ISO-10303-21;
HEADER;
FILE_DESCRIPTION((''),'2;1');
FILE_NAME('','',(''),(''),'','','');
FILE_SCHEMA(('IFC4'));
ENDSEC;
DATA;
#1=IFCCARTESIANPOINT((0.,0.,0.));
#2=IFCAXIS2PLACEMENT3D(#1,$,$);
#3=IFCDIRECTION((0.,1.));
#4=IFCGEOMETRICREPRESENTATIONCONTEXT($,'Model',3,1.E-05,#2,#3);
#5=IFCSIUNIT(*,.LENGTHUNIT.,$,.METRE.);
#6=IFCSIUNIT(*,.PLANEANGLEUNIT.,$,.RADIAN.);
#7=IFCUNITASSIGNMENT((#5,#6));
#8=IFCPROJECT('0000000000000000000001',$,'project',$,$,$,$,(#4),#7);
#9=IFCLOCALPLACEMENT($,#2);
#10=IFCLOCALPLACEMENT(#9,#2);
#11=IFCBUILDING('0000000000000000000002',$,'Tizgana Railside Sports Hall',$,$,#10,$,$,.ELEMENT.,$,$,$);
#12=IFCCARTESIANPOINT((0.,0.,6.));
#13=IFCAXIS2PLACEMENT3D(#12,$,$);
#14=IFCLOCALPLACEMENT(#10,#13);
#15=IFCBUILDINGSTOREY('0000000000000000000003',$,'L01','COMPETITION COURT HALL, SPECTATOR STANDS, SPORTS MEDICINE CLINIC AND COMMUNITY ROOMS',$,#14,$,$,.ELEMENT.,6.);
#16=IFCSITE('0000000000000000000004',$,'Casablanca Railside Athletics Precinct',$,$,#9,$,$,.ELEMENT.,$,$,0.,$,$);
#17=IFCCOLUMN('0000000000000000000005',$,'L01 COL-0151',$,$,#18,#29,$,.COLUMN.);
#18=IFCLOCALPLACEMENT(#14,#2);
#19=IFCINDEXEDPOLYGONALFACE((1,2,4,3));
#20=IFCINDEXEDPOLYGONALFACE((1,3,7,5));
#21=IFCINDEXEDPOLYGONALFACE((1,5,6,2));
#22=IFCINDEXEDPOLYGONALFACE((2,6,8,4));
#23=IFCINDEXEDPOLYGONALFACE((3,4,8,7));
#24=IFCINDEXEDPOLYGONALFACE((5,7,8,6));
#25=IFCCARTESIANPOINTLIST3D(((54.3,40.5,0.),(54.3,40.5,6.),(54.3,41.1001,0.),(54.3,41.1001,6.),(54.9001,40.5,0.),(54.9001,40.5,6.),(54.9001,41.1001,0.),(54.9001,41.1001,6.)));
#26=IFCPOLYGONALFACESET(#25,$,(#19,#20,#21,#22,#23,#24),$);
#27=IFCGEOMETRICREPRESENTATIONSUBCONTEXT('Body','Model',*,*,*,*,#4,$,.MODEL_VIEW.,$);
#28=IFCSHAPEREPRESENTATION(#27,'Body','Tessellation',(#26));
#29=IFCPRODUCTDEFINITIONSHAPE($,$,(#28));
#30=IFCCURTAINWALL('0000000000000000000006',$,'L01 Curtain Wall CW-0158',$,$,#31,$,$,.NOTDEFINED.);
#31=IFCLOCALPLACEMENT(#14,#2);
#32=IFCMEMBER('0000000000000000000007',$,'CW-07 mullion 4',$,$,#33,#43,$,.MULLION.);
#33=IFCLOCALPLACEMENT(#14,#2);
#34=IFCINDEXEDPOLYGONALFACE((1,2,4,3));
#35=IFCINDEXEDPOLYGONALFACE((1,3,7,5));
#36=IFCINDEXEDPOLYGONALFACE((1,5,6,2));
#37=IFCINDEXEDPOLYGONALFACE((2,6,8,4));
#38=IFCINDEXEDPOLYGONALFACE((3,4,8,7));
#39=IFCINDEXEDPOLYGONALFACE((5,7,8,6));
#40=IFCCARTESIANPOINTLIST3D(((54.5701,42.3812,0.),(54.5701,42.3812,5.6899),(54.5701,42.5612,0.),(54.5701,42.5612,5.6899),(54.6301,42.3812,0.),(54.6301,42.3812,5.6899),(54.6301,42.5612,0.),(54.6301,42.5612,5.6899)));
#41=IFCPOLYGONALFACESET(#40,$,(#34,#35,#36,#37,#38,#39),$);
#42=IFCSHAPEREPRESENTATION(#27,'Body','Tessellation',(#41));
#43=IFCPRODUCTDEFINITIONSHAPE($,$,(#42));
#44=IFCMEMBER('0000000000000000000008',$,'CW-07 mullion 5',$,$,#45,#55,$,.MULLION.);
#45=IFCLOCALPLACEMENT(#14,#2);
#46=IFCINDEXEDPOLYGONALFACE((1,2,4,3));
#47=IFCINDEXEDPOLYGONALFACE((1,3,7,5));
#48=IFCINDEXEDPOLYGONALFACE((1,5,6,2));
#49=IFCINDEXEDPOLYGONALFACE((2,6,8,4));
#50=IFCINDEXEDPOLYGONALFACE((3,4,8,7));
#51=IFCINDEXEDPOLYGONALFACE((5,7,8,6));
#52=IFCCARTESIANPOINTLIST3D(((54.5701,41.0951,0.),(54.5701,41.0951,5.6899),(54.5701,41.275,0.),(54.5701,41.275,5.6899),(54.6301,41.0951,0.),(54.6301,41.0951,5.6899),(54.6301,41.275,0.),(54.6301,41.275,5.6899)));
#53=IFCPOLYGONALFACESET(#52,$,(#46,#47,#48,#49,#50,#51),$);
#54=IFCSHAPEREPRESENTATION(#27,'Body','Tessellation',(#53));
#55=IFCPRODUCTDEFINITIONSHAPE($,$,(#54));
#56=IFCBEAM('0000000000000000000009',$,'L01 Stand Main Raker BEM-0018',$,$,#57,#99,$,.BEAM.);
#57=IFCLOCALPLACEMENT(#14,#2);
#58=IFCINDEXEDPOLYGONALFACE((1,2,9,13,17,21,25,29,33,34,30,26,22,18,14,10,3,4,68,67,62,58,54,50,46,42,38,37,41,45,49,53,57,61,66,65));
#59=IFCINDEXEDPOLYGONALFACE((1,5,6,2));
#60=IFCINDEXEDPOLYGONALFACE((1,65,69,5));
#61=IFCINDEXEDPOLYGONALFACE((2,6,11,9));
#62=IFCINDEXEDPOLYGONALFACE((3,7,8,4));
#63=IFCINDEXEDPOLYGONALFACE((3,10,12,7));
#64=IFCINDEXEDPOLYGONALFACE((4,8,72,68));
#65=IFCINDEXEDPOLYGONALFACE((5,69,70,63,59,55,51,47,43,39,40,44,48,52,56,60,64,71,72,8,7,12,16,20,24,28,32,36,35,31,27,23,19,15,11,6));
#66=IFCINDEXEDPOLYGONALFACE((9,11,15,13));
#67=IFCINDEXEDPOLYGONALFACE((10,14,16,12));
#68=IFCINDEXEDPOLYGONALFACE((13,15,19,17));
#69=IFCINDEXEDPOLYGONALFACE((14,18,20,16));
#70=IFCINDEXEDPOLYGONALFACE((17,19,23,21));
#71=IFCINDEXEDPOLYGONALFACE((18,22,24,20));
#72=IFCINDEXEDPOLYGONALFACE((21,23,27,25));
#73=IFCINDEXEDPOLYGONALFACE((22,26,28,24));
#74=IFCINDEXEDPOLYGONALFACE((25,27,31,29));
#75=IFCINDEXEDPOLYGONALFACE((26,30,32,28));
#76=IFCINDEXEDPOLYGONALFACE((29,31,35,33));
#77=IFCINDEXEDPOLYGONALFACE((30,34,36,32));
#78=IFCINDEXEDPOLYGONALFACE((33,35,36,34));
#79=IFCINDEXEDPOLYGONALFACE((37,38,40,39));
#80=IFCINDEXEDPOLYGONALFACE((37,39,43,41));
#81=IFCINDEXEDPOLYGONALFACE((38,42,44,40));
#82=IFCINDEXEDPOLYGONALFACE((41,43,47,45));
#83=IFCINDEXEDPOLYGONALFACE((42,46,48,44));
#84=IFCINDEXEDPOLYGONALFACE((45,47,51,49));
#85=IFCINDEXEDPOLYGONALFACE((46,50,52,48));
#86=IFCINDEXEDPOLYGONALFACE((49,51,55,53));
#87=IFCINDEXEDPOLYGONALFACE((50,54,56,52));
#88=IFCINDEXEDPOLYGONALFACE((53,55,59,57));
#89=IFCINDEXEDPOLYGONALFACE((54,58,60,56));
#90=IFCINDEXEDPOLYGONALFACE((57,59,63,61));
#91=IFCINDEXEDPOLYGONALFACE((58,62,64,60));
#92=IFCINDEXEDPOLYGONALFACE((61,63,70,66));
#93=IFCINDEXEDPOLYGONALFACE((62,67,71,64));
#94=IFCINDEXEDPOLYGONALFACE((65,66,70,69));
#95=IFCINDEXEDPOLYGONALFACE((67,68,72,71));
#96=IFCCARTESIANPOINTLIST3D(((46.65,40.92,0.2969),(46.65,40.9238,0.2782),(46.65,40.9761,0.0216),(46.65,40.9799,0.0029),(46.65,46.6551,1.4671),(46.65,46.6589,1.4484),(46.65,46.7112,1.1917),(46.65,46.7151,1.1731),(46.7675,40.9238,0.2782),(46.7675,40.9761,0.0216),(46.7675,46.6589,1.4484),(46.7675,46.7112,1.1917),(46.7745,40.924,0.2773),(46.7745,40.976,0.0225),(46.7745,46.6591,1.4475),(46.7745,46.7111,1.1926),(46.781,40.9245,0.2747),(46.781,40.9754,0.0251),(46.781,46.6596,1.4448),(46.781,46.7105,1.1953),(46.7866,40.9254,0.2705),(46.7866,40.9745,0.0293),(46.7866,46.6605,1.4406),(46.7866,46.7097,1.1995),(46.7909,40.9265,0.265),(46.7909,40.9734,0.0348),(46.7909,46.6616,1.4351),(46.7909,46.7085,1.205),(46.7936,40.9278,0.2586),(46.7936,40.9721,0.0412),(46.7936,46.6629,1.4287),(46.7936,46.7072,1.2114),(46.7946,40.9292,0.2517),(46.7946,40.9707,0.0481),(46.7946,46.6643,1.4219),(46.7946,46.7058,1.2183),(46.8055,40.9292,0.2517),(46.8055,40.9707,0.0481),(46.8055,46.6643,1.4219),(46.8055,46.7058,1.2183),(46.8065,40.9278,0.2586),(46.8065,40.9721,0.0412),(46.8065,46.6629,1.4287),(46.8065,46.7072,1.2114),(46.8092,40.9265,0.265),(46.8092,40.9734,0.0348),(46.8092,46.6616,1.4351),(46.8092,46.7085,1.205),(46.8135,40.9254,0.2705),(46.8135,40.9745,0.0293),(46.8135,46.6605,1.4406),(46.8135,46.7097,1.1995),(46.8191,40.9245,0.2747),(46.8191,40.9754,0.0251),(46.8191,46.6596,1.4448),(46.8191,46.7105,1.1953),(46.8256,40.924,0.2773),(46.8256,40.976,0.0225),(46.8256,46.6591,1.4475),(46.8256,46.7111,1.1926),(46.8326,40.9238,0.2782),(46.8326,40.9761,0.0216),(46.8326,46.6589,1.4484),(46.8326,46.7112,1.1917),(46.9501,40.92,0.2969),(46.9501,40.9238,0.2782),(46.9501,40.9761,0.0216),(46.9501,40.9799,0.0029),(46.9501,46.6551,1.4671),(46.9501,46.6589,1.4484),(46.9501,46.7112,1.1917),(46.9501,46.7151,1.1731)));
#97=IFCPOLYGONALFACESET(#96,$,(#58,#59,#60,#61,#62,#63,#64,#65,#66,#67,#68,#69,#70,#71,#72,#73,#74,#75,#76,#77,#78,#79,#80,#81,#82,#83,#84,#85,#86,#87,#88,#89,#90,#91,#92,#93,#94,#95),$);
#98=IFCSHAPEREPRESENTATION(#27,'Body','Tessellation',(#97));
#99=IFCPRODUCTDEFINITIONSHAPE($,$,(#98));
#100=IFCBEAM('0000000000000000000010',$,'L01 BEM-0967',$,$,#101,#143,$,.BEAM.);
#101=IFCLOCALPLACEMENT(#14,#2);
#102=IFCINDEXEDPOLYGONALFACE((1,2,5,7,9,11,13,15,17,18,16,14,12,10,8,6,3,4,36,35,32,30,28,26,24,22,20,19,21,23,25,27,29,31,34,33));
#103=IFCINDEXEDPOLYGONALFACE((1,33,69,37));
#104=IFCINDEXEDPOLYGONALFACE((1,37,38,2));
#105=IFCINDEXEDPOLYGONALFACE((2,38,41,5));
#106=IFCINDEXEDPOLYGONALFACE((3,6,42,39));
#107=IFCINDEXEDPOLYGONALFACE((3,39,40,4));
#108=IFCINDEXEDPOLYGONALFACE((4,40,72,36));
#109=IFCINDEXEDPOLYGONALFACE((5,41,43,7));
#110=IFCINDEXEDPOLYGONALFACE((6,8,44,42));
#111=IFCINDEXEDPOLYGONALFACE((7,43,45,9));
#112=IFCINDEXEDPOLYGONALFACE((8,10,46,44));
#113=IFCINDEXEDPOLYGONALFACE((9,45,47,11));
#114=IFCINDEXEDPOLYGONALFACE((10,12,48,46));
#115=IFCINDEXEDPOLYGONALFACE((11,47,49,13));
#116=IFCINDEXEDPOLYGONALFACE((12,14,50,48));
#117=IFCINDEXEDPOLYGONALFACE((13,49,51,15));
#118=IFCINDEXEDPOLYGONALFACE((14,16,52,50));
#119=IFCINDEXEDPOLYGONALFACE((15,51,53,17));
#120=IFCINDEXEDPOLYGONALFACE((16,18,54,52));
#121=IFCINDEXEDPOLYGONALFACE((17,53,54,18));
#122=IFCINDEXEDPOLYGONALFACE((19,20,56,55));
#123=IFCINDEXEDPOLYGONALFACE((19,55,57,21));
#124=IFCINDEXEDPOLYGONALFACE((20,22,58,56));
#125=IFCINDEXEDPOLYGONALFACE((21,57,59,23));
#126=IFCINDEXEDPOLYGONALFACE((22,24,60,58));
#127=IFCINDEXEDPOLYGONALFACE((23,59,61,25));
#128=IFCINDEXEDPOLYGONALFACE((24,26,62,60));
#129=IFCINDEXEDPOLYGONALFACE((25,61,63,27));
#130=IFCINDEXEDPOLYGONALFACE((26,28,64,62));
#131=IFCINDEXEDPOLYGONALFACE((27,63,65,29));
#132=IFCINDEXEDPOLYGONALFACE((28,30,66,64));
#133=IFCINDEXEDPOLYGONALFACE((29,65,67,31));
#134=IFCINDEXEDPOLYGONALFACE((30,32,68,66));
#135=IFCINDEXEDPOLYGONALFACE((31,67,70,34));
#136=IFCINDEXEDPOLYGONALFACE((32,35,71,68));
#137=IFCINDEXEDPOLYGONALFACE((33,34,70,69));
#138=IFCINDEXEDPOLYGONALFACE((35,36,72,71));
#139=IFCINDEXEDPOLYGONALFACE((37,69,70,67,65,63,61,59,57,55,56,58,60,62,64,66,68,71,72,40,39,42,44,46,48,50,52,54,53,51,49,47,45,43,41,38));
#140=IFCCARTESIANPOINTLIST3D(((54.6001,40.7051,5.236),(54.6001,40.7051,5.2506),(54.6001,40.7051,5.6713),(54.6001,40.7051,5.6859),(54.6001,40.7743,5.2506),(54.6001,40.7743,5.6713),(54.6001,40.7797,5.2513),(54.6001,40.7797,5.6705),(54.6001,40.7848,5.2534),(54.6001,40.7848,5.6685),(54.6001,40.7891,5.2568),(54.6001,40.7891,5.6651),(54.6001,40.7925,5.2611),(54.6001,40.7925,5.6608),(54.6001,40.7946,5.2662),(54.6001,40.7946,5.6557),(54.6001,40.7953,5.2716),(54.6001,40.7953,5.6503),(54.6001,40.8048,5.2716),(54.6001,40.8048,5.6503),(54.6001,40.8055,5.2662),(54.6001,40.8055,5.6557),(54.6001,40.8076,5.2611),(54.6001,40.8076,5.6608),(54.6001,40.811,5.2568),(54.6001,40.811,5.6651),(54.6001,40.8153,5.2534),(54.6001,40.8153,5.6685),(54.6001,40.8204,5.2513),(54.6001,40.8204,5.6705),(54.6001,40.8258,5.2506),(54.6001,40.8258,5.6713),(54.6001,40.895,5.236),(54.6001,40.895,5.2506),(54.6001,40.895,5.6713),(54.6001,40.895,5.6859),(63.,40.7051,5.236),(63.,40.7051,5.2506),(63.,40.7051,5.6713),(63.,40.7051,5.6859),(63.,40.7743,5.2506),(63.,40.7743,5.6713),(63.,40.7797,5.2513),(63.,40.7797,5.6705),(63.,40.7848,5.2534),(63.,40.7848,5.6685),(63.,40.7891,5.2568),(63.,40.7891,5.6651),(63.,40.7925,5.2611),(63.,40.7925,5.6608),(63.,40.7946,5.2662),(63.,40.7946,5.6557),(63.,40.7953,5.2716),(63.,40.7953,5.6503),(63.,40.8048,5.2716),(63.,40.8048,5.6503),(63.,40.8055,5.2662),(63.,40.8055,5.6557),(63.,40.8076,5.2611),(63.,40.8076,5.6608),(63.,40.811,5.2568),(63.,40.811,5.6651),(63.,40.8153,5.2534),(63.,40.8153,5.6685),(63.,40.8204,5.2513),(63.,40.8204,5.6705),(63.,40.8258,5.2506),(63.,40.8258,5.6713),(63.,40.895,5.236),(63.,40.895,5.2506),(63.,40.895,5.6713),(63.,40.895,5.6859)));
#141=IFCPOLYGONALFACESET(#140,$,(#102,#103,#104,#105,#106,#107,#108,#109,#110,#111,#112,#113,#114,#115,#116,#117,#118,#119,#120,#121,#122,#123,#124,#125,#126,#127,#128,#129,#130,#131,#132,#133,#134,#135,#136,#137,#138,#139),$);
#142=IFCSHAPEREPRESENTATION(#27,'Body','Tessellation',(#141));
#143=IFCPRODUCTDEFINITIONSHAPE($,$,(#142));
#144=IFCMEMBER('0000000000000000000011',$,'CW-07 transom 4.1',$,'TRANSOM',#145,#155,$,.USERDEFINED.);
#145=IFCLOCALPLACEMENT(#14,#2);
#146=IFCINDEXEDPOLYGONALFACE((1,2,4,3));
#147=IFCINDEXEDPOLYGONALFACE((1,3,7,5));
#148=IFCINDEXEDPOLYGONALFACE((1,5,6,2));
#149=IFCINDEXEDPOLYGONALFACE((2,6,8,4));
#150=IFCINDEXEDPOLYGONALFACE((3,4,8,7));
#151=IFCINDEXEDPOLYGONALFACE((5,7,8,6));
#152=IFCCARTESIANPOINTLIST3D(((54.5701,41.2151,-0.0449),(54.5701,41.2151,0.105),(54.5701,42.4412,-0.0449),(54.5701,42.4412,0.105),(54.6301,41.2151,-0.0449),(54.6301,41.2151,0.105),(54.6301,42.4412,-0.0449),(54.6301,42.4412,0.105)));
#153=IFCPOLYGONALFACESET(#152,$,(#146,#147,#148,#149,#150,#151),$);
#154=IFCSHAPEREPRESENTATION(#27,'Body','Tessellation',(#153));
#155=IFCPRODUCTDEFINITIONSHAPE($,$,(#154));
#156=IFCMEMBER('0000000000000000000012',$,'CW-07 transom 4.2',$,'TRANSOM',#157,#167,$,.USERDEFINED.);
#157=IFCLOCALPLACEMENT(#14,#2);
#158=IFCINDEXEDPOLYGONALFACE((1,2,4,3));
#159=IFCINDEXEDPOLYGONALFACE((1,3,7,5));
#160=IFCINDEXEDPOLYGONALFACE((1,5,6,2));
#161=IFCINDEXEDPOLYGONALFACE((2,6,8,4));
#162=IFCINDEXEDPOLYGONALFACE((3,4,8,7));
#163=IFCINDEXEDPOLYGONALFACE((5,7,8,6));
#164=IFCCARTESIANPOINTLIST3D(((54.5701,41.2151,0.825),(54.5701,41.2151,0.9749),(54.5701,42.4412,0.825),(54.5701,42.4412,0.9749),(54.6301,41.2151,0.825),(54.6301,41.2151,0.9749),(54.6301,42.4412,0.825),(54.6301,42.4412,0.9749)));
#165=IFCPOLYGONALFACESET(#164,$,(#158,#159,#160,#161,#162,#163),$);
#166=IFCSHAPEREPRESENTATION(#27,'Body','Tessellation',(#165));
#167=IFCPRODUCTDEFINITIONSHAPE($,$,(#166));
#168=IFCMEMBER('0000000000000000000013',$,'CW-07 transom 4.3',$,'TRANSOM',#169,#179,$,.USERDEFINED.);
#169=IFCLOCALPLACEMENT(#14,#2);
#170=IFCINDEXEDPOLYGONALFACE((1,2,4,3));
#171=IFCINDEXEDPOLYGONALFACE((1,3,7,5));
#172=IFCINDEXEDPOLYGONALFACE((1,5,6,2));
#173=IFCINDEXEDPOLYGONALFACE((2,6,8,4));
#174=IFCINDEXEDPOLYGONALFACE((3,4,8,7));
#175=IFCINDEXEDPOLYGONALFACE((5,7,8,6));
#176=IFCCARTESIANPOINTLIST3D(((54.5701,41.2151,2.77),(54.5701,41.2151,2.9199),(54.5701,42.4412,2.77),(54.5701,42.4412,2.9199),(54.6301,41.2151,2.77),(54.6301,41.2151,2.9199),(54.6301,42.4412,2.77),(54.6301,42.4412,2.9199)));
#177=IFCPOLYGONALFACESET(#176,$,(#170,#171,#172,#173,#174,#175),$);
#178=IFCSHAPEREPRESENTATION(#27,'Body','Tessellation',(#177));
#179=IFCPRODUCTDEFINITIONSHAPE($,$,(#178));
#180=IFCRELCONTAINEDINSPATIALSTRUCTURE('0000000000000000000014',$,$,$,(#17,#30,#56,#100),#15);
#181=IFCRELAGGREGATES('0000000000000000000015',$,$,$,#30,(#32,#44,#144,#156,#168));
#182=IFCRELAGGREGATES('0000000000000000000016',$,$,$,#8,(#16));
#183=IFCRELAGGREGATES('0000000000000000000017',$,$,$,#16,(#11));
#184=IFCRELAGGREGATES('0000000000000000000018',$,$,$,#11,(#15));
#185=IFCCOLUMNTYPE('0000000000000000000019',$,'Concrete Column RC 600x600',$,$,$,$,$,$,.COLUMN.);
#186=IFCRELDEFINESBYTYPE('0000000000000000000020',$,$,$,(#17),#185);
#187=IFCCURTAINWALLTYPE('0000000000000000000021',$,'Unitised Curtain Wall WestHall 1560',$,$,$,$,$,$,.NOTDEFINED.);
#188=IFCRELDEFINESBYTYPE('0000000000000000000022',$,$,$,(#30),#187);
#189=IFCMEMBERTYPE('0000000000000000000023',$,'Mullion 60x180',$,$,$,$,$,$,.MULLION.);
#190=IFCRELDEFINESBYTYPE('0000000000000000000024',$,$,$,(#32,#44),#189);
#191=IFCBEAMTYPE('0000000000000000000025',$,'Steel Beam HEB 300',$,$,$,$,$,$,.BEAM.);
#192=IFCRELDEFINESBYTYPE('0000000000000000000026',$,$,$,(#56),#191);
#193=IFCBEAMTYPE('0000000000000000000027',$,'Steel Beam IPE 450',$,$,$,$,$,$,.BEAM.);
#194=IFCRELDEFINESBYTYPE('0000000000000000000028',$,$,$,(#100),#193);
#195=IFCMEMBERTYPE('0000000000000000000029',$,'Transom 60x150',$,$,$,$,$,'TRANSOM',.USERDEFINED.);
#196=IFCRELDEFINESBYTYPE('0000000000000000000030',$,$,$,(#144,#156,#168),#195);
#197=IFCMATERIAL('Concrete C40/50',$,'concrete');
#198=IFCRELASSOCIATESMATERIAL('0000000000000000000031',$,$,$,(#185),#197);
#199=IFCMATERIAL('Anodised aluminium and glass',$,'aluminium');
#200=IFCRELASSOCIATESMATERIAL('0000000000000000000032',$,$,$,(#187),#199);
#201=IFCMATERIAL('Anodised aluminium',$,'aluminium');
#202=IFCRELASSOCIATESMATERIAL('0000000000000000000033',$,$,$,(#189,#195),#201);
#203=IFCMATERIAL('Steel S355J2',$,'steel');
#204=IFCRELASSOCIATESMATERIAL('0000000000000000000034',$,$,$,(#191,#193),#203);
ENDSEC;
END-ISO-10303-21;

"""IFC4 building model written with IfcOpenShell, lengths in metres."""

from ifc_helpers import new_model, si_unit, direction, frame, origin, origin_2d, place, context, subcontext, project, spatial, rectangle, i_section, extrude, material, material_profile, profile_set, type_object, element, aggregate, save


model = new_model("IFC4")

# Units and contexts
model_context = context("Model", 3, precision=1e-05, world=origin(), true_north=direction((0.0, 1.0)))
body_context = subcontext(model_context, "Body", "Model", "MODEL_VIEW")
ifc_project = project(units=[si_unit("LENGTHUNIT", "METRE"), si_unit("PLANEANGLEUNIT", "RADIAN")], contexts=[model_context])

# Site, building, storey
site_placement = place(None, origin())
site = spatial("IfcSite", under=ifc_project, at=site_placement, Name="Casablanca Railside Athletics Precinct", CompositionType="ELEMENT", RefElevation=0.0)
building_placement = place(site_placement, origin())
building = spatial("IfcBuilding", under=site, at=building_placement, Name="Tizgana Railside Sports Hall", CompositionType="ELEMENT")
storey_placement = place(building_placement, frame((0.0, 0.0, 6.0)))
storey = spatial("IfcBuildingStorey", under=building, at=storey_placement, Name="L01", Description="COMPETITION COURT HALL, SPECTATOR STANDS, SPORTS MEDICINE CLINIC AND COMMUNITY ROOMS", CompositionType="ELEMENT", Elevation=6.0)

# Column
ifc_material_1 = material(Name="Concrete C40/50", Category="concrete")
ifc_material_profile_1 = material_profile(ifc_material_1, rectangle(XDim=0.6001, YDim=0.6001, at=origin_2d()), Name="RC 600x600")
ifc_profile_set_1 = profile_set([ifc_material_profile_1], Name="Concrete C40/50")
column_type = type_object("IfcColumnType", Name="Concrete Column RC 600x600", PredefinedType="COLUMN", material=ifc_profile_set_1)
column_placement = place(storey_placement, frame((54.6001, 40.8, 0.0), z_axis=(0.0, 0.0, 1.0), x_axis=(1.0, 0.0, 0.0)))
element("IfcColumn", 1, at=column_placement, inside=storey, type_object=column_type, Name="L01 COL-0151", PredefinedType="COLUMN", context=body_context, shape_type="SweptSolid", body=[
    extrude(rectangle(XDim=0.6001, YDim=0.6001, at=origin_2d()), origin(), (0.0, 0.0, 1.0), 6.0),
])

# Curtain wall, members
ifc_material_2 = material(Name="Anodised aluminium and glass", Category="aluminium")
curtain_wall_type = type_object("IfcCurtainWallType", Name="Unitised Curtain Wall WestHall 1560", PredefinedType="NOTDEFINED", material=ifc_material_2)
curtain_wall_placement = place(storey_placement, origin())
curtain_wall = element("IfcCurtainWall", 2, at=curtain_wall_placement, inside=storey, type_object=curtain_wall_type, Name="L01 Curtain Wall CW-0158", PredefinedType="NOTDEFINED")
ifc_material_3 = material(Name="Anodised aluminium", Category="aluminium")
ifc_material_profile_2 = material_profile(ifc_material_3, rectangle(XDim=0.0601, YDim=0.1799, at=origin_2d()), Name="Mullion 60x180")
ifc_profile_set_2 = profile_set([ifc_material_profile_2], Name="Anodised aluminium")
member_type_1 = type_object("IfcMemberType", Name="Mullion 60x180", PredefinedType="MULLION", material=ifc_profile_set_2)
member_1_placement = place(storey_placement, frame((54.6001, 42.4712, 0.0), z_axis=(0.0, 0.0, 1.0), x_axis=(1.0, 0.0, 0.0)))
member_1 = element("IfcMember", 3, at=member_1_placement, type_object=member_type_1, Name="CW-07 mullion 4", PredefinedType="MULLION", context=body_context, shape_type="SweptSolid", body=[
    extrude(rectangle(XDim=0.0601, YDim=0.1799, at=origin_2d()), origin(), (0.0, 0.0, 1.0), 5.6899),
])
member_2_placement = place(storey_placement, frame((54.6001, 41.1851, 0.0), z_axis=(0.0, 0.0, 1.0), x_axis=(1.0, 0.0, 0.0)))
member_2 = element("IfcMember", 4, at=member_2_placement, type_object=member_type_1, Name="CW-07 mullion 5", PredefinedType="MULLION", context=body_context, shape_type="SweptSolid", body=[
    extrude(rectangle(XDim=0.0601, YDim=0.1799, at=origin_2d()), origin(), (0.0, 0.0, 1.0), 5.6899),
])

# Beams
ifc_material_4 = material(Name="Steel S355J2", Category="steel")
ifc_material_profile_3 = material_profile(ifc_material_4, i_section(OverallWidth=0.3, OverallDepth=0.3, WebThickness=0.011, FlangeThickness=0.019, FilletRadius=0.0271, at=origin_2d()), Name="HEB 300")
ifc_profile_set_3 = profile_set([ifc_material_profile_3], Name="Steel S355J2")
beam_type_1 = type_object("IfcBeamType", Name="Steel Beam HEB 300", PredefinedType="BEAM", material=ifc_profile_set_3)
beam_1_placement = place(storey_placement, frame((46.8, 40.95, 0.1499), z_axis=(0.0, 0.979813, 0.199917), x_axis=(-1.0, 0.0, 0.0)))
element("IfcBeam", 5, at=beam_1_placement, inside=storey, type_object=beam_type_1, Name="L01 Stand Main Raker BEM-0018", PredefinedType="BEAM", context=body_context, shape_type="SweptSolid", body=[
    extrude(i_section(OverallWidth=0.3, OverallDepth=0.3, WebThickness=0.011, FlangeThickness=0.019, FilletRadius=0.0271, at=origin_2d()), origin(), (0.0, 0.0, 1.0), 5.8533),
])
ifc_material_profile_4 = material_profile(ifc_material_4, i_section(OverallWidth=0.1899, OverallDepth=0.45, WebThickness=0.0095, FlangeThickness=0.0146, FilletRadius=0.021, at=origin_2d()), Name="IPE 450")
ifc_profile_set_4 = profile_set([ifc_material_profile_4], Name="Steel S355J2")
beam_type_2 = type_object("IfcBeamType", Name="Steel Beam IPE 450", PredefinedType="BEAM", material=ifc_profile_set_4)
beam_2_placement = place(storey_placement, frame((54.6001, 40.8, 5.4609), z_axis=(1.0, 0.0, 0.0), x_axis=(0.0, 1.0, 0.0)))
element("IfcBeam", 6, at=beam_2_placement, inside=storey, type_object=beam_type_2, Name="L01 BEM-0967", PredefinedType="BEAM", context=body_context, shape_type="SweptSolid", body=[
    extrude(i_section(OverallWidth=0.1899, OverallDepth=0.45, WebThickness=0.0095, FlangeThickness=0.0146, FilletRadius=0.021, at=origin_2d()), origin(), (0.0, 0.0, 1.0), 8.3999),
])

# Members
ifc_material_profile_5 = material_profile(ifc_material_3, rectangle(XDim=0.0601, YDim=0.1499, at=origin_2d()), Name="Transom 60x150")
ifc_profile_set_5 = profile_set([ifc_material_profile_5], Name="Anodised aluminium")
member_type_2 = type_object("IfcMemberType", Name="Transom 60x150", ElementType="TRANSOM", PredefinedType="USERDEFINED", material=ifc_profile_set_5)
member_3_placement = place(storey_placement, frame((54.6001, 42.4412, 0.03), z_axis=(0.0, -1.0, 0.0), x_axis=(1.0, 0.0, 0.0)))
member_3 = element("IfcMember", 7, at=member_3_placement, type_object=member_type_2, Name="CW-07 transom 4.1", ObjectType="TRANSOM", PredefinedType="USERDEFINED", context=body_context, shape_type="SweptSolid", body=[
    extrude(rectangle(XDim=0.0601, YDim=0.1499, at=origin_2d()), origin(), (0.0, 0.0, 1.0), 1.2261),
])
member_4_placement = place(storey_placement, frame((54.6001, 42.4412, 0.8999), z_axis=(0.0, -1.0, 0.0), x_axis=(1.0, 0.0, 0.0)))
member_4 = element("IfcMember", 8, at=member_4_placement, type_object=member_type_2, Name="CW-07 transom 4.2", ObjectType="TRANSOM", PredefinedType="USERDEFINED", context=body_context, shape_type="SweptSolid", body=[
    extrude(rectangle(XDim=0.0601, YDim=0.1499, at=origin_2d()), origin(), (0.0, 0.0, 1.0), 1.2261),
])
member_5_placement = place(storey_placement, frame((54.6001, 42.4412, 2.845), z_axis=(0.0, -1.0, 0.0), x_axis=(1.0, 0.0, 0.0)))
member_5 = element("IfcMember", 9, at=member_5_placement, type_object=member_type_2, Name="CW-07 transom 4.3", ObjectType="TRANSOM", PredefinedType="USERDEFINED", context=body_context, shape_type="SweptSolid", body=[
    extrude(rectangle(XDim=0.0601, YDim=0.1499, at=origin_2d()), origin(), (0.0, 0.0, 1.0), 1.2261),
])

aggregate(curtain_wall, [member_1, member_2, member_3, member_4, member_5])

save(model, "model.ifc")
